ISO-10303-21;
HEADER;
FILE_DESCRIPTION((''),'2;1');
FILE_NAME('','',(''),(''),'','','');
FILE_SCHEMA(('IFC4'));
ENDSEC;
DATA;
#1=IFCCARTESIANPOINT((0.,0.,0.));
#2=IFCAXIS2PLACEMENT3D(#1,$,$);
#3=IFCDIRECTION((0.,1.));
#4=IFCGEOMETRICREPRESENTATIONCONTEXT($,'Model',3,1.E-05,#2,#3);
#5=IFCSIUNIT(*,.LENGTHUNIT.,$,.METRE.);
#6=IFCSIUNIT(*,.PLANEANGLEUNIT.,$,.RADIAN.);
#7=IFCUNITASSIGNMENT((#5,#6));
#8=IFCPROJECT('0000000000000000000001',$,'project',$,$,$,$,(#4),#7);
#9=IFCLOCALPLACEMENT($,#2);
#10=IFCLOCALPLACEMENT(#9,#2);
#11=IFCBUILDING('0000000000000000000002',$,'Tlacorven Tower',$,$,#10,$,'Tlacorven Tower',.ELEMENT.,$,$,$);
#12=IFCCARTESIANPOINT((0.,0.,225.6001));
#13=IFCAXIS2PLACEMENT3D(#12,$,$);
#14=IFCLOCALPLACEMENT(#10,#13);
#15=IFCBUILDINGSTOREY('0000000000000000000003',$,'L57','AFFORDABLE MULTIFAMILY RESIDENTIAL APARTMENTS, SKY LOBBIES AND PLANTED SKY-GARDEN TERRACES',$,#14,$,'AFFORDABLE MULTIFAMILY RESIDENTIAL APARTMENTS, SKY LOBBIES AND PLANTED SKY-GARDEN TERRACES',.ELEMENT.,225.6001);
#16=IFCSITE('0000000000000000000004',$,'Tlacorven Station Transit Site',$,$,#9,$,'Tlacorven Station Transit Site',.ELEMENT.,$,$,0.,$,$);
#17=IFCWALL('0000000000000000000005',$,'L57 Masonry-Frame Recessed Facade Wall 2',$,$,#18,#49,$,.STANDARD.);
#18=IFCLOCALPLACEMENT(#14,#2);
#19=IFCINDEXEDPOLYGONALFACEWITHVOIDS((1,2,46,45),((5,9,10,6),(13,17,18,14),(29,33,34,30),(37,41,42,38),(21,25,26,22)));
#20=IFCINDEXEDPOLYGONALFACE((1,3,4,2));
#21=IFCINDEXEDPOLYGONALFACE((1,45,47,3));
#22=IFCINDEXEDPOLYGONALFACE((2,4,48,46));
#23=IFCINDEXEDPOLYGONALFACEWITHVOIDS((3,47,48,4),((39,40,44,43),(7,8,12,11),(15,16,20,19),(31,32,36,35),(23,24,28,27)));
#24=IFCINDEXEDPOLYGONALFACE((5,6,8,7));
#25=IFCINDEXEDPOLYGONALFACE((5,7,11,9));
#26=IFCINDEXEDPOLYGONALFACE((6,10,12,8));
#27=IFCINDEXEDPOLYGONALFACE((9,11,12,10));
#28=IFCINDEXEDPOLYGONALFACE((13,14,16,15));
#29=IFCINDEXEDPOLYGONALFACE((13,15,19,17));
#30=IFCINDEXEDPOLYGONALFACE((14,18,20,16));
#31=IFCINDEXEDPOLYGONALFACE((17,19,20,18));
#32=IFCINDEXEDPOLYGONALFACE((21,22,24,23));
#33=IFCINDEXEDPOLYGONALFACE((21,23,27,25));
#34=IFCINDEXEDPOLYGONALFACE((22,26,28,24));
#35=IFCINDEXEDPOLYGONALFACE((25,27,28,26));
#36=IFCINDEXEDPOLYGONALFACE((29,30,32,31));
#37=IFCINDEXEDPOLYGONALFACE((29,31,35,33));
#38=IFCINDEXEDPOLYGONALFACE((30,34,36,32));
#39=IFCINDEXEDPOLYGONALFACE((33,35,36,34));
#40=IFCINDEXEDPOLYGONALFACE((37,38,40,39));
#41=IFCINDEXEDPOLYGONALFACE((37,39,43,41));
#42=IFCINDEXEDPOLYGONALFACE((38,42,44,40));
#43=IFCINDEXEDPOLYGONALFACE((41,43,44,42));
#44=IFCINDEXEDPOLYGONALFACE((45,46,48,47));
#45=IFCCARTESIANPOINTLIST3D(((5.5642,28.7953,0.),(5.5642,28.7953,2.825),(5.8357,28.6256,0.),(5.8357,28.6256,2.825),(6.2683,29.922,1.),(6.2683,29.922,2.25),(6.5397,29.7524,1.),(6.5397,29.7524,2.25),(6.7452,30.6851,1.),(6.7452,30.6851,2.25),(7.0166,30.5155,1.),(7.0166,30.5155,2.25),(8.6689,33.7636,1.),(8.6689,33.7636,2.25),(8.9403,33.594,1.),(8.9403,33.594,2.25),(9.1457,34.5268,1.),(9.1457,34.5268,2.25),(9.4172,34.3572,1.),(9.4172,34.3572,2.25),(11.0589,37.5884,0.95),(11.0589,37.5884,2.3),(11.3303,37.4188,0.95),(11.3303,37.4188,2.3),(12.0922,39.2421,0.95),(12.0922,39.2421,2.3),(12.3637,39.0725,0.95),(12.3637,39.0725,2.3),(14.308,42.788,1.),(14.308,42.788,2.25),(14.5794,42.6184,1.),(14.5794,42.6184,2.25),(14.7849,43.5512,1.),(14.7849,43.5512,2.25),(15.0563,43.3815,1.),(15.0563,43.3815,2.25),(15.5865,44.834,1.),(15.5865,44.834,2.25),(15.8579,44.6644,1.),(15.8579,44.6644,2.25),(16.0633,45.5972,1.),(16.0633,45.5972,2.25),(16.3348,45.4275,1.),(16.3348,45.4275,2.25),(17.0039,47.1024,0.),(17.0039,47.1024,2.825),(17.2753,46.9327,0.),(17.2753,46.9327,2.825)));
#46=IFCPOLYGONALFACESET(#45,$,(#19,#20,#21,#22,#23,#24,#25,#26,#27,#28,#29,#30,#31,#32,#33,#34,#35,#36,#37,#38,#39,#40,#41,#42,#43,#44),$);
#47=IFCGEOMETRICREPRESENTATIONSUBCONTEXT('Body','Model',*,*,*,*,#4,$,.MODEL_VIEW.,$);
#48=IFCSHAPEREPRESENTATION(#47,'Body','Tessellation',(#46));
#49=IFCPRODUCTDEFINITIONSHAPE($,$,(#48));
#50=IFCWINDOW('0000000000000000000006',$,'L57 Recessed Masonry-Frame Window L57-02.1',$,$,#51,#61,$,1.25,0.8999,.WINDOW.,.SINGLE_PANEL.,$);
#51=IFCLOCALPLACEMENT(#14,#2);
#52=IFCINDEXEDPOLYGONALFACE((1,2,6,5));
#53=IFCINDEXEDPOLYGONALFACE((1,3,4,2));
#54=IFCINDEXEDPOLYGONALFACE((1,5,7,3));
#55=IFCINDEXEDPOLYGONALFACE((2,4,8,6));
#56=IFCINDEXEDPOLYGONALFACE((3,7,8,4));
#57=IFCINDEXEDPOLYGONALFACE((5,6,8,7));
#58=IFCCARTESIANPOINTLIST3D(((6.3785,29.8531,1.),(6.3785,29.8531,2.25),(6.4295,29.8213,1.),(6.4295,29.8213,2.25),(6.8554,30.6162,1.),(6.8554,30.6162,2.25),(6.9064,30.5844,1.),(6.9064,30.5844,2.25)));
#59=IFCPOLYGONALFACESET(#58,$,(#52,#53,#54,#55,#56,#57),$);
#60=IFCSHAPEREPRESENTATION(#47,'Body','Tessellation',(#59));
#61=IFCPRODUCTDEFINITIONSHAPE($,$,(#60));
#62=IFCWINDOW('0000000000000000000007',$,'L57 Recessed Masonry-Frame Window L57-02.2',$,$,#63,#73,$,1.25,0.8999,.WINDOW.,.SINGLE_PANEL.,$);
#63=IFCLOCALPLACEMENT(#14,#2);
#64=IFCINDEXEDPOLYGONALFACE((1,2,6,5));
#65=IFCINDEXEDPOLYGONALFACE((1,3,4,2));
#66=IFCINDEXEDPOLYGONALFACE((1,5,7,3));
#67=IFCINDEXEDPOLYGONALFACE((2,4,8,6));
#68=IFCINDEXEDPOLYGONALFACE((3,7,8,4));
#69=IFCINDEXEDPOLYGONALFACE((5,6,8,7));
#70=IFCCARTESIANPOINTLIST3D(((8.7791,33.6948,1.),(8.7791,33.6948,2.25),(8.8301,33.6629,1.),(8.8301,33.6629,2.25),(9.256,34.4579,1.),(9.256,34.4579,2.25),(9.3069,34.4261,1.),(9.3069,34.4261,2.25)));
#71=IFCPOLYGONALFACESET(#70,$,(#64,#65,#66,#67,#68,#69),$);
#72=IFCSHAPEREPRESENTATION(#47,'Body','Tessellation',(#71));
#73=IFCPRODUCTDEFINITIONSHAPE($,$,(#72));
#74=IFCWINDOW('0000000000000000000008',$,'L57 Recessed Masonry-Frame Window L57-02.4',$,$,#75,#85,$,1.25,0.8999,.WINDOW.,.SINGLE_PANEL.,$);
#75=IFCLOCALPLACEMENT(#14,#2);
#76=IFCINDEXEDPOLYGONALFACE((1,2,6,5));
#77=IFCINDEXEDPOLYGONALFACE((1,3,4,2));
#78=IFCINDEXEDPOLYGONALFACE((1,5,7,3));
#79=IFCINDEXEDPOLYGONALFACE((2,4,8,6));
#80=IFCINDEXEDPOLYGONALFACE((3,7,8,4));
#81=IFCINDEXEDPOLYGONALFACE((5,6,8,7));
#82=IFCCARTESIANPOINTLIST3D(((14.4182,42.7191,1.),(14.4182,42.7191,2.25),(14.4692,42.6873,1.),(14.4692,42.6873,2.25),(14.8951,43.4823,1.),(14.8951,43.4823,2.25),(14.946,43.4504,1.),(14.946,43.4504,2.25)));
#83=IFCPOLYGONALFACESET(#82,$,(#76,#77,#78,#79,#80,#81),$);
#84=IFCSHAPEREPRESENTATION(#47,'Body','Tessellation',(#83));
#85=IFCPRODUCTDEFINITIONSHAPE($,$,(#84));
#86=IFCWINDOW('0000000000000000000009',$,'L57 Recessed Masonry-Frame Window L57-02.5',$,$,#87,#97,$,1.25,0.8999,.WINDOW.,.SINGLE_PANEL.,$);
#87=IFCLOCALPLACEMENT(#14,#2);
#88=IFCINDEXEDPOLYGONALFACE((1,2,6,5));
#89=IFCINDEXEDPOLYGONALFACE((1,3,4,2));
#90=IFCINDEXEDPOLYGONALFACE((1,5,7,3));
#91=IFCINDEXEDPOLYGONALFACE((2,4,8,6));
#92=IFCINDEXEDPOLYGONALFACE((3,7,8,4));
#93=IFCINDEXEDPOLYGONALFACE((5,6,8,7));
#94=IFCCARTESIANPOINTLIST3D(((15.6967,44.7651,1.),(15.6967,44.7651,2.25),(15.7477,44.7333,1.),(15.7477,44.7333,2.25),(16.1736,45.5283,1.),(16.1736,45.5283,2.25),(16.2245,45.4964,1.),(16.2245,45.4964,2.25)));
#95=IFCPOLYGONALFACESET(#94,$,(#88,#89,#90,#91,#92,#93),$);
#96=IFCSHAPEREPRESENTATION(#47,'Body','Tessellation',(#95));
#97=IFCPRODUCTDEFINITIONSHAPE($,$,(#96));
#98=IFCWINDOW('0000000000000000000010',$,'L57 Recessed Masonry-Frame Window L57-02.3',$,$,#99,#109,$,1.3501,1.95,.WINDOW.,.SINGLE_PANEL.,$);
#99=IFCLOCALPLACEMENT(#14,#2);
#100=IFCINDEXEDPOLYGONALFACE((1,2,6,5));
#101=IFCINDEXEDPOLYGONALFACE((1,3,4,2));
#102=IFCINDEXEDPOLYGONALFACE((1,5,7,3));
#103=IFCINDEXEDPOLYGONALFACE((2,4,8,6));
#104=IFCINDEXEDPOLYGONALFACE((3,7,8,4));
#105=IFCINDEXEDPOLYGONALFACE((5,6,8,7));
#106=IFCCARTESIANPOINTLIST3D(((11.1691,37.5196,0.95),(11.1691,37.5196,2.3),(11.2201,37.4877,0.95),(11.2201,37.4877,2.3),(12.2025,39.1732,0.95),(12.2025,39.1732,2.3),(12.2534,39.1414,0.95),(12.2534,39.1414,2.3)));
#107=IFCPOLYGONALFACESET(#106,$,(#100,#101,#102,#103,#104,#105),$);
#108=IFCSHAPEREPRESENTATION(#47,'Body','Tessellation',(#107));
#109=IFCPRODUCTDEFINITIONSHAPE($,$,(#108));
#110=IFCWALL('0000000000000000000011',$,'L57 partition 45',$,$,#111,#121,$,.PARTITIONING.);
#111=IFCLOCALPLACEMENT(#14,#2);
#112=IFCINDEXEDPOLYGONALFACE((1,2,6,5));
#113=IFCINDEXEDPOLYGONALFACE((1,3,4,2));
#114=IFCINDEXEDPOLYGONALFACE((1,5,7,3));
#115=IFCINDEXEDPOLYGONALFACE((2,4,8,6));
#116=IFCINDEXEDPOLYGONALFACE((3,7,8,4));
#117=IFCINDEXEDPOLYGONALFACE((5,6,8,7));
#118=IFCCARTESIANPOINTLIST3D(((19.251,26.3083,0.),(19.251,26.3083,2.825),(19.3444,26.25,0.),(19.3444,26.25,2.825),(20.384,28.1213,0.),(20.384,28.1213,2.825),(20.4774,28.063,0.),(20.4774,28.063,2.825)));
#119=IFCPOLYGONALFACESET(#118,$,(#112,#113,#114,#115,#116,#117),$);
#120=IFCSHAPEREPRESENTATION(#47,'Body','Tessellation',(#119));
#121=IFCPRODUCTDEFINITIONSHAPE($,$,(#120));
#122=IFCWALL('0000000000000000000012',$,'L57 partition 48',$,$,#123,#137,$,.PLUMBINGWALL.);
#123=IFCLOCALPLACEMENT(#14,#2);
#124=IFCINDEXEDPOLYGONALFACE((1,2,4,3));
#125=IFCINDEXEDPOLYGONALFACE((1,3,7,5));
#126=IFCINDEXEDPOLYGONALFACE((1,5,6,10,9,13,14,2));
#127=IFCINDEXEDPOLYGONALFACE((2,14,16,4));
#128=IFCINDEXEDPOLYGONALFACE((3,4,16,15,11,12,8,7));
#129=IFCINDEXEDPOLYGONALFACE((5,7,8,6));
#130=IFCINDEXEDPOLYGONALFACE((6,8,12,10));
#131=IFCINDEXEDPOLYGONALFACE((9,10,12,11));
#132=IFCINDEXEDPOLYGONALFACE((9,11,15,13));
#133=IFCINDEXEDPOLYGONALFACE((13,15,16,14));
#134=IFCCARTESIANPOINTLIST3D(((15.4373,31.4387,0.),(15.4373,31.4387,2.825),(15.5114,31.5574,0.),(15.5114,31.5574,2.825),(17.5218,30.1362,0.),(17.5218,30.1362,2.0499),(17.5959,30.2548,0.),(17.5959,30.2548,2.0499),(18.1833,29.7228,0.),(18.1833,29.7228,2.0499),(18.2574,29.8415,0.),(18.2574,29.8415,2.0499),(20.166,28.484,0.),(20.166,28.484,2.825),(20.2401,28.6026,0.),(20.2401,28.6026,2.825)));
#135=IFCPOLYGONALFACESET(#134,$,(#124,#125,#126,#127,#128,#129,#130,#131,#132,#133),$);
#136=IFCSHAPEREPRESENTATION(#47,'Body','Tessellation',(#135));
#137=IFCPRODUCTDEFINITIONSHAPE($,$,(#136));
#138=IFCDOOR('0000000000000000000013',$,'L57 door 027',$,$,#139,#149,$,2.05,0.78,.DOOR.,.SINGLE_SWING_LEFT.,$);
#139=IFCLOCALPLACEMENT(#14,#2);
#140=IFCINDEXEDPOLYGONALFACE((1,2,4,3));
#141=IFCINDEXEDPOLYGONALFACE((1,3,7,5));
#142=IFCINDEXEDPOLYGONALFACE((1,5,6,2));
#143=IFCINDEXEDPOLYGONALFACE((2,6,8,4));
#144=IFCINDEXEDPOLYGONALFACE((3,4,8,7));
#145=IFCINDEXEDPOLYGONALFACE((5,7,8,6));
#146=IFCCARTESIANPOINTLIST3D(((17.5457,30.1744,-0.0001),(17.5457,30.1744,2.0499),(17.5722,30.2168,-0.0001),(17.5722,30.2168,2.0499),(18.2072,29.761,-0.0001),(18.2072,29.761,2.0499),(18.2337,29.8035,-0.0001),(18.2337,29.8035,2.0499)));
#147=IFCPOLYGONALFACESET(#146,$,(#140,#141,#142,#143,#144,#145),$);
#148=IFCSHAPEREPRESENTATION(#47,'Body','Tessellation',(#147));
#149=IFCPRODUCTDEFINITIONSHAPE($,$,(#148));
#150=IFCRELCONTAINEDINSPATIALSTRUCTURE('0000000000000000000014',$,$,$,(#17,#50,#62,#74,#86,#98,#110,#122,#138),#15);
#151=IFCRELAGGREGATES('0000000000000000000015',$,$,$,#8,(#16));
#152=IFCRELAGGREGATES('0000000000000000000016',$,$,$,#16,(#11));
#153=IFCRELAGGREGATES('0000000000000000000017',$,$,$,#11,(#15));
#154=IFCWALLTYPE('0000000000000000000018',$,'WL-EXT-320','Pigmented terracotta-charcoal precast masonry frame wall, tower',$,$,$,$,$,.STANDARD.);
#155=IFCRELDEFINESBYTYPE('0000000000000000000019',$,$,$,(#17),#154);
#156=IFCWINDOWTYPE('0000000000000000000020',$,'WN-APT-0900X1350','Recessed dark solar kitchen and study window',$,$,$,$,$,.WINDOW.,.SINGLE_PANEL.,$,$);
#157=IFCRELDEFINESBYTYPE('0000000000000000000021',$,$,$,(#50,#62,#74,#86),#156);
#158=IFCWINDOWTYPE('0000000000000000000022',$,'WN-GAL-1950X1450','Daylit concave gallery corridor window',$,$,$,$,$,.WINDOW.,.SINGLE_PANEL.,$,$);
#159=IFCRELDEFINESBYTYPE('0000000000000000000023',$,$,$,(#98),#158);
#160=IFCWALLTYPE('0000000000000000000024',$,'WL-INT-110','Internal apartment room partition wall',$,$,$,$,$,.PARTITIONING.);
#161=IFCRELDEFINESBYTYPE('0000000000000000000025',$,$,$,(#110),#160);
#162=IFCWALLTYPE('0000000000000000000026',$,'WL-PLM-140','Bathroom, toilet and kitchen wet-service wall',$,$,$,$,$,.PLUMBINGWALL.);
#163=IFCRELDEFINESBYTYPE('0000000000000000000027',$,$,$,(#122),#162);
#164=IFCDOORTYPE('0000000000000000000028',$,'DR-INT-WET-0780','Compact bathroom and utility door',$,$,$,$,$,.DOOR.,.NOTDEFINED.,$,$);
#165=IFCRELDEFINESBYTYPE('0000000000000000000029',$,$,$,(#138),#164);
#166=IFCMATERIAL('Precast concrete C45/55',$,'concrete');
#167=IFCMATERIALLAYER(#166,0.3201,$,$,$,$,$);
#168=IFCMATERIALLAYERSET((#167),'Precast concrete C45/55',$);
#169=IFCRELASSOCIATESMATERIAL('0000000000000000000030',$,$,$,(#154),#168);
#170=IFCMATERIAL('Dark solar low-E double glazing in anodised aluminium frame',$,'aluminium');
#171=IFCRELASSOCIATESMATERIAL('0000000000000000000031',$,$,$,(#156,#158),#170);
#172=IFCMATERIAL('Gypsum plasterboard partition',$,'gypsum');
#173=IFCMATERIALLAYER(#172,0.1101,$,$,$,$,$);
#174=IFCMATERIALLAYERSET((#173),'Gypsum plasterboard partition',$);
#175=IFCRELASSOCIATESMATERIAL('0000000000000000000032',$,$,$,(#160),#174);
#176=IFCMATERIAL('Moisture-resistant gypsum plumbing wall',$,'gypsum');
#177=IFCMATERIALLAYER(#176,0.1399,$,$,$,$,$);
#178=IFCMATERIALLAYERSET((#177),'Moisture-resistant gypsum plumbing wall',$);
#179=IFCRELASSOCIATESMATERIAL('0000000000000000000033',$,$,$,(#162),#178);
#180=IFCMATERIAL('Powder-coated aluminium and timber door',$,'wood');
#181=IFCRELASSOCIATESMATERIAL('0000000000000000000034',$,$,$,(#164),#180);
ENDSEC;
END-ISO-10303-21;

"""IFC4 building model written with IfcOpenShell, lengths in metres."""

from ifc_helpers import new_model, si_unit, direction, frame, frame_2d, origin, place, context, subcontext, project, spatial, rectangle, extrude, source, transform, mapped, material, layer, layer_set, type_object, element, fill, save


model = new_model("IFC4")

# Units and contexts
model_context = context("Model", 3, precision=1e-05, world=origin(), true_north=direction((0.0, 1.0)))
body_context = subcontext(model_context, "Body", "Model", "MODEL_VIEW")
ifc_project = project(units=[si_unit("LENGTHUNIT", "METRE"), si_unit("PLANEANGLEUNIT", "RADIAN")], contexts=[model_context])

# Site, building, storey
site_placement = place(None, origin())
site = spatial("IfcSite", under=ifc_project, at=site_placement, Name="Tlacorven Station Transit Site", LongName="Tlacorven Station Transit Site", CompositionType="ELEMENT", RefElevation=0.0)
building_placement = place(site_placement, origin())
building = spatial("IfcBuilding", under=site, at=building_placement, Name="Tlacorven Tower", LongName="Tlacorven Tower", CompositionType="ELEMENT")
storey_placement = place(building_placement, frame((0.0, 0.0, 225.6001)))
storey = spatial("IfcBuildingStorey", under=building, at=storey_placement, Name="L57", Description="AFFORDABLE MULTIFAMILY RESIDENTIAL APARTMENTS, SKY LOBBIES AND PLANTED SKY-GARDEN TERRACES", LongName="AFFORDABLE MULTIFAMILY RESIDENTIAL APARTMENTS, SKY LOBBIES AND PLANTED SKY-GARDEN TERRACES", CompositionType="ELEMENT", Elevation=225.6001)

# Wall, openings, windows
ifc_material_1 = material(Name="Precast concrete C45/55", Category="concrete")
ifc_layer_1 = layer(ifc_material_1, 0.3201)
ifc_layer_set_1 = layer_set([ifc_layer_1], Name="Precast concrete C45/55")
wall_type_1 = type_object("IfcWallType", Name="WL-EXT-320", Description="Pigmented terracotta-charcoal precast masonry frame wall, tower", PredefinedType="STANDARD", material=ifc_layer_set_1)
wall_1_placement = place(storey_placement, frame((5.7, 28.7104, 0.0), z_axis=(0.0, 0.0, 1.0), x_axis=(0.529924, 0.848045, 0.0)))
wall_1 = element("IfcWall", 1, at=wall_1_placement, inside=storey, type_object=wall_type_1, Name="L57 Masonry-Frame Recessed Facade Wall 2", PredefinedType="STANDARD", context=body_context, shape_type="SweptSolid", body=[
    extrude(rectangle(XDim=21.5874, YDim=0.3201, at=frame_2d((10.7937, 0.0))), origin(), (0.0, 0.0, 1.0), 2.825),
])
opening_1_placement = place(wall_1_placement, frame((1.3286, 0.0, 1.0)))
opening_1 = element("IfcOpeningElement", 2, at=opening_1_placement, cuts=wall_1, PredefinedType="OPENING", context=body_context, shape_type="SweptSolid", body=[
    extrude(rectangle(XDim=0.8999, YDim=1.25, at=frame_2d((0.45, 0.625))), frame((0.0, 0.1699, 0.0), z_axis=(0.0, -1.0, 0.0), x_axis=(1.0, 0.0, 0.0)), (0.0, 0.0, 1.0), 0.3401),
])
opening_2_placement = place(wall_1_placement, frame((5.8586, 0.0, 1.0)))
opening_2 = element("IfcOpeningElement", 3, at=opening_2_placement, cuts=wall_1, PredefinedType="OPENING", context=body_context, shape_type="SweptSolid", body=[
    extrude(rectangle(XDim=0.8999, YDim=1.25, at=frame_2d((0.45, 0.625))), frame((0.0, 0.1699, 0.0), z_axis=(0.0, -1.0, 0.0), x_axis=(1.0, 0.0, 0.0)), (0.0, 0.0, 1.0), 0.3401),
])
opening_3_placement = place(wall_1_placement, frame((10.3687, 0.0, 0.95)))
opening_3 = element("IfcOpeningElement", 4, at=opening_3_placement, cuts=wall_1, PredefinedType="OPENING", context=body_context, shape_type="SweptSolid", body=[
    extrude(rectangle(XDim=1.95, YDim=1.3501, at=frame_2d((0.9751, 0.675))), frame((0.0, 0.1699, 0.0), z_axis=(0.0, -1.0, 0.0), x_axis=(1.0, 0.0, 0.0)), (0.0, 0.0, 1.0), 0.3401),
])
opening_4_placement = place(wall_1_placement, frame((16.5, 0.0, 1.0)))
opening_4 = element("IfcOpeningElement", 5, at=opening_4_placement, cuts=wall_1, PredefinedType="OPENING", context=body_context, shape_type="SweptSolid", body=[
    extrude(rectangle(XDim=0.8999, YDim=1.25, at=frame_2d((0.45, 0.625))), frame((0.0, 0.1699, 0.0), z_axis=(0.0, -1.0, 0.0), x_axis=(1.0, 0.0, 0.0)), (0.0, 0.0, 1.0), 0.3401),
])
opening_5_placement = place(wall_1_placement, frame((18.9126, 0.0, 1.0)))
opening_5 = element("IfcOpeningElement", 6, at=opening_5_placement, cuts=wall_1, PredefinedType="OPENING", context=body_context, shape_type="SweptSolid", body=[
    extrude(rectangle(XDim=0.8999, YDim=1.25, at=frame_2d((0.45, 0.625))), frame((0.0, 0.1699, 0.0), z_axis=(0.0, -1.0, 0.0), x_axis=(1.0, 0.0, 0.0)), (0.0, 0.0, 1.0), 0.3401),
])
ifc_material_2 = material(Name="Dark solar low-E double glazing in anodised aluminium frame", Category="aluminium")
window_type_1 = type_object("IfcWindowType", Name="WN-APT-0900X1350", Description="Recessed dark solar kitchen and study window", PartitioningType="SINGLE_PANEL", PredefinedType="WINDOW", material=ifc_material_2)
shared_shape_1 = source(origin(), body_context, "Body", "SweptSolid", [
    extrude(rectangle(XDim=0.8999, YDim=1.25, at=frame_2d((0.45, 0.625))), frame((0.0, 0.03, 0.0), z_axis=(0.0, -1.0, 0.0), x_axis=(1.0, 0.0, 0.0)), (0.0, 0.0, 1.0), 0.0601),
])
window_1_placement = place(opening_1_placement, origin())
window_1 = element("IfcWindow", 7, at=window_1_placement, inside=storey, type_object=window_type_1, Name="L57 Recessed Masonry-Frame Window L57-02.1", OverallHeight=1.25, OverallWidth=0.8999, PartitioningType="SINGLE_PANEL", PredefinedType="WINDOW", context=body_context, shape_type="MappedRepresentation", body=[
    mapped(shared_shape_1, transform((0.0, 0.0, 0.0), scale=1.0)),
])
fill(opening_1, window_1)
window_2_placement = place(opening_2_placement, origin())
window_2 = element("IfcWindow", 8, at=window_2_placement, inside=storey, type_object=window_type_1, Name="L57 Recessed Masonry-Frame Window L57-02.2", OverallHeight=1.25, OverallWidth=0.8999, PartitioningType="SINGLE_PANEL", PredefinedType="WINDOW", context=body_context, shape_type="MappedRepresentation", body=[
    mapped(shared_shape_1, transform((0.0, 0.0, 0.0), scale=1.0)),
])
fill(opening_2, window_2)
window_3_placement = place(opening_4_placement, origin())
window_3 = element("IfcWindow", 9, at=window_3_placement, inside=storey, type_object=window_type_1, Name="L57 Recessed Masonry-Frame Window L57-02.4", OverallHeight=1.25, OverallWidth=0.8999, PartitioningType="SINGLE_PANEL", PredefinedType="WINDOW", context=body_context, shape_type="MappedRepresentation", body=[
    mapped(shared_shape_1, transform((0.0, 0.0, 0.0), scale=1.0)),
])
fill(opening_4, window_3)
window_4_placement = place(opening_5_placement, origin())
window_4 = element("IfcWindow", 10, at=window_4_placement, inside=storey, type_object=window_type_1, Name="L57 Recessed Masonry-Frame Window L57-02.5", OverallHeight=1.25, OverallWidth=0.8999, PartitioningType="SINGLE_PANEL", PredefinedType="WINDOW", context=body_context, shape_type="MappedRepresentation", body=[
    mapped(shared_shape_1, transform((0.0, 0.0, 0.0), scale=1.0)),
])
fill(opening_5, window_4)
window_type_2 = type_object("IfcWindowType", Name="WN-GAL-1950X1450", Description="Daylit concave gallery corridor window", PartitioningType="SINGLE_PANEL", PredefinedType="WINDOW", material=ifc_material_2)
shared_shape_2 = source(origin(), body_context, "Body", "SweptSolid", [
    extrude(rectangle(XDim=1.95, YDim=1.3501, at=frame_2d((0.9751, 0.675))), frame((0.0, 0.03, 0.0), z_axis=(0.0, -1.0, 0.0), x_axis=(1.0, 0.0, 0.0)), (0.0, 0.0, 1.0), 0.0601),
])
window_5_placement = place(opening_3_placement, origin())
window_5 = element("IfcWindow", 11, at=window_5_placement, inside=storey, type_object=window_type_2, Name="L57 Recessed Masonry-Frame Window L57-02.3", OverallHeight=1.3501, OverallWidth=1.95, PartitioningType="SINGLE_PANEL", PredefinedType="WINDOW", context=body_context, shape_type="MappedRepresentation", body=[
    mapped(shared_shape_2, transform((0.0, 0.0, 0.0), scale=1.0)),
])
fill(opening_3, window_5)

# Wall
ifc_material_3 = material(Name="Gypsum plasterboard partition", Category="gypsum")
ifc_layer_2 = layer(ifc_material_3, 0.1101)
ifc_layer_set_2 = layer_set([ifc_layer_2], Name="Gypsum plasterboard partition")
wall_type_2 = type_object("IfcWallType", Name="WL-INT-110", Description="Internal apartment room partition wall", PredefinedType="PARTITIONING", material=ifc_layer_set_2)
wall_2_placement = place(storey_placement, frame((20.4307, 28.092, 0.0), z_axis=(0.0, 0.0, 1.0), x_axis=(-0.529978, -0.848011, 0.0)))
element("IfcWall", 12, at=wall_2_placement, inside=storey, type_object=wall_type_2, Name="L57 partition 45", PredefinedType="PARTITIONING", context=body_context, shape_type="SweptSolid", body=[
    extrude(rectangle(XDim=2.1379, YDim=0.1101, at=frame_2d((1.0688, 0.0))), origin(), (0.0, 0.0, 1.0), 2.825),
])

# Wall, opening, door
ifc_material_4 = material(Name="Moisture-resistant gypsum plumbing wall", Category="gypsum")
ifc_layer_3 = layer(ifc_material_4, 0.1399)
ifc_layer_set_3 = layer_set([ifc_layer_3], Name="Moisture-resistant gypsum plumbing wall")
wall_type_3 = type_object("IfcWallType", Name="WL-PLM-140", Description="Bathroom, toilet and kitchen wet-service wall", PredefinedType="PLUMBINGWALL", material=ifc_layer_set_3)
wall_3_placement = place(storey_placement, frame((20.2031, 28.5432, 0.0), z_axis=(0.0, 0.0, 1.0), x_axis=(-0.84805, 0.529916, 0.0)))
wall_3 = element("IfcWall", 13, at=wall_3_placement, inside=storey, type_object=wall_type_3, Name="L57 partition 48", PredefinedType="PLUMBINGWALL", context=body_context, shape_type="SweptSolid", body=[
    extrude(rectangle(XDim=5.5759, YDim=0.1399, at=frame_2d((2.7881, 0.0))), origin(), (0.0, 0.0, 1.0), 2.825),
])
opening_6_placement = place(wall_3_placement, frame((2.3379, 0.0, 0.0)))
opening_6 = element("IfcOpeningElement", 14, at=opening_6_placement, cuts=wall_3, PredefinedType="OPENING", context=body_context, shape_type="SweptSolid", body=[
    extrude(rectangle(XDim=0.78, YDim=2.05, at=frame_2d((0.3901, 1.0249))), frame((0.0, 0.0801, 0.0), z_axis=(0.0, -1.0, 0.0), x_axis=(1.0, 0.0, 0.0)), (0.0, 0.0, 1.0), 0.1599),
])
ifc_material_5 = material(Name="Powder-coated aluminium and timber door", Category="wood")
door_type_1 = type_object("IfcDoorType", Name="DR-INT-WET-0780", Description="Compact bathroom and utility door", OperationType="NOTDEFINED", PredefinedType="DOOR", material=ifc_material_5)
shared_shape_3 = source(origin(), body_context, "Body", "SweptSolid", [
    extrude(rectangle(XDim=0.78, YDim=2.05, at=frame_2d((0.3901, 1.0249))), frame((0.0, 0.0249, 0.0), z_axis=(0.0, -1.0, 0.0), x_axis=(1.0, 0.0, 0.0)), (0.0, 0.0, 1.0), 0.05),
])
door_1_placement = place(opening_6_placement, origin())
door_1 = element("IfcDoor", 15, at=door_1_placement, inside=storey, type_object=door_type_1, Name="L57 door 027", OperationType="SINGLE_SWING_LEFT", OverallHeight=2.05, OverallWidth=0.78, PredefinedType="DOOR", context=body_context, shape_type="MappedRepresentation", body=[
    mapped(shared_shape_3, transform((0.0, 0.0, 0.0), scale=1.0)),
])
fill(opening_6, door_1)

save(model, "model.ifc")
